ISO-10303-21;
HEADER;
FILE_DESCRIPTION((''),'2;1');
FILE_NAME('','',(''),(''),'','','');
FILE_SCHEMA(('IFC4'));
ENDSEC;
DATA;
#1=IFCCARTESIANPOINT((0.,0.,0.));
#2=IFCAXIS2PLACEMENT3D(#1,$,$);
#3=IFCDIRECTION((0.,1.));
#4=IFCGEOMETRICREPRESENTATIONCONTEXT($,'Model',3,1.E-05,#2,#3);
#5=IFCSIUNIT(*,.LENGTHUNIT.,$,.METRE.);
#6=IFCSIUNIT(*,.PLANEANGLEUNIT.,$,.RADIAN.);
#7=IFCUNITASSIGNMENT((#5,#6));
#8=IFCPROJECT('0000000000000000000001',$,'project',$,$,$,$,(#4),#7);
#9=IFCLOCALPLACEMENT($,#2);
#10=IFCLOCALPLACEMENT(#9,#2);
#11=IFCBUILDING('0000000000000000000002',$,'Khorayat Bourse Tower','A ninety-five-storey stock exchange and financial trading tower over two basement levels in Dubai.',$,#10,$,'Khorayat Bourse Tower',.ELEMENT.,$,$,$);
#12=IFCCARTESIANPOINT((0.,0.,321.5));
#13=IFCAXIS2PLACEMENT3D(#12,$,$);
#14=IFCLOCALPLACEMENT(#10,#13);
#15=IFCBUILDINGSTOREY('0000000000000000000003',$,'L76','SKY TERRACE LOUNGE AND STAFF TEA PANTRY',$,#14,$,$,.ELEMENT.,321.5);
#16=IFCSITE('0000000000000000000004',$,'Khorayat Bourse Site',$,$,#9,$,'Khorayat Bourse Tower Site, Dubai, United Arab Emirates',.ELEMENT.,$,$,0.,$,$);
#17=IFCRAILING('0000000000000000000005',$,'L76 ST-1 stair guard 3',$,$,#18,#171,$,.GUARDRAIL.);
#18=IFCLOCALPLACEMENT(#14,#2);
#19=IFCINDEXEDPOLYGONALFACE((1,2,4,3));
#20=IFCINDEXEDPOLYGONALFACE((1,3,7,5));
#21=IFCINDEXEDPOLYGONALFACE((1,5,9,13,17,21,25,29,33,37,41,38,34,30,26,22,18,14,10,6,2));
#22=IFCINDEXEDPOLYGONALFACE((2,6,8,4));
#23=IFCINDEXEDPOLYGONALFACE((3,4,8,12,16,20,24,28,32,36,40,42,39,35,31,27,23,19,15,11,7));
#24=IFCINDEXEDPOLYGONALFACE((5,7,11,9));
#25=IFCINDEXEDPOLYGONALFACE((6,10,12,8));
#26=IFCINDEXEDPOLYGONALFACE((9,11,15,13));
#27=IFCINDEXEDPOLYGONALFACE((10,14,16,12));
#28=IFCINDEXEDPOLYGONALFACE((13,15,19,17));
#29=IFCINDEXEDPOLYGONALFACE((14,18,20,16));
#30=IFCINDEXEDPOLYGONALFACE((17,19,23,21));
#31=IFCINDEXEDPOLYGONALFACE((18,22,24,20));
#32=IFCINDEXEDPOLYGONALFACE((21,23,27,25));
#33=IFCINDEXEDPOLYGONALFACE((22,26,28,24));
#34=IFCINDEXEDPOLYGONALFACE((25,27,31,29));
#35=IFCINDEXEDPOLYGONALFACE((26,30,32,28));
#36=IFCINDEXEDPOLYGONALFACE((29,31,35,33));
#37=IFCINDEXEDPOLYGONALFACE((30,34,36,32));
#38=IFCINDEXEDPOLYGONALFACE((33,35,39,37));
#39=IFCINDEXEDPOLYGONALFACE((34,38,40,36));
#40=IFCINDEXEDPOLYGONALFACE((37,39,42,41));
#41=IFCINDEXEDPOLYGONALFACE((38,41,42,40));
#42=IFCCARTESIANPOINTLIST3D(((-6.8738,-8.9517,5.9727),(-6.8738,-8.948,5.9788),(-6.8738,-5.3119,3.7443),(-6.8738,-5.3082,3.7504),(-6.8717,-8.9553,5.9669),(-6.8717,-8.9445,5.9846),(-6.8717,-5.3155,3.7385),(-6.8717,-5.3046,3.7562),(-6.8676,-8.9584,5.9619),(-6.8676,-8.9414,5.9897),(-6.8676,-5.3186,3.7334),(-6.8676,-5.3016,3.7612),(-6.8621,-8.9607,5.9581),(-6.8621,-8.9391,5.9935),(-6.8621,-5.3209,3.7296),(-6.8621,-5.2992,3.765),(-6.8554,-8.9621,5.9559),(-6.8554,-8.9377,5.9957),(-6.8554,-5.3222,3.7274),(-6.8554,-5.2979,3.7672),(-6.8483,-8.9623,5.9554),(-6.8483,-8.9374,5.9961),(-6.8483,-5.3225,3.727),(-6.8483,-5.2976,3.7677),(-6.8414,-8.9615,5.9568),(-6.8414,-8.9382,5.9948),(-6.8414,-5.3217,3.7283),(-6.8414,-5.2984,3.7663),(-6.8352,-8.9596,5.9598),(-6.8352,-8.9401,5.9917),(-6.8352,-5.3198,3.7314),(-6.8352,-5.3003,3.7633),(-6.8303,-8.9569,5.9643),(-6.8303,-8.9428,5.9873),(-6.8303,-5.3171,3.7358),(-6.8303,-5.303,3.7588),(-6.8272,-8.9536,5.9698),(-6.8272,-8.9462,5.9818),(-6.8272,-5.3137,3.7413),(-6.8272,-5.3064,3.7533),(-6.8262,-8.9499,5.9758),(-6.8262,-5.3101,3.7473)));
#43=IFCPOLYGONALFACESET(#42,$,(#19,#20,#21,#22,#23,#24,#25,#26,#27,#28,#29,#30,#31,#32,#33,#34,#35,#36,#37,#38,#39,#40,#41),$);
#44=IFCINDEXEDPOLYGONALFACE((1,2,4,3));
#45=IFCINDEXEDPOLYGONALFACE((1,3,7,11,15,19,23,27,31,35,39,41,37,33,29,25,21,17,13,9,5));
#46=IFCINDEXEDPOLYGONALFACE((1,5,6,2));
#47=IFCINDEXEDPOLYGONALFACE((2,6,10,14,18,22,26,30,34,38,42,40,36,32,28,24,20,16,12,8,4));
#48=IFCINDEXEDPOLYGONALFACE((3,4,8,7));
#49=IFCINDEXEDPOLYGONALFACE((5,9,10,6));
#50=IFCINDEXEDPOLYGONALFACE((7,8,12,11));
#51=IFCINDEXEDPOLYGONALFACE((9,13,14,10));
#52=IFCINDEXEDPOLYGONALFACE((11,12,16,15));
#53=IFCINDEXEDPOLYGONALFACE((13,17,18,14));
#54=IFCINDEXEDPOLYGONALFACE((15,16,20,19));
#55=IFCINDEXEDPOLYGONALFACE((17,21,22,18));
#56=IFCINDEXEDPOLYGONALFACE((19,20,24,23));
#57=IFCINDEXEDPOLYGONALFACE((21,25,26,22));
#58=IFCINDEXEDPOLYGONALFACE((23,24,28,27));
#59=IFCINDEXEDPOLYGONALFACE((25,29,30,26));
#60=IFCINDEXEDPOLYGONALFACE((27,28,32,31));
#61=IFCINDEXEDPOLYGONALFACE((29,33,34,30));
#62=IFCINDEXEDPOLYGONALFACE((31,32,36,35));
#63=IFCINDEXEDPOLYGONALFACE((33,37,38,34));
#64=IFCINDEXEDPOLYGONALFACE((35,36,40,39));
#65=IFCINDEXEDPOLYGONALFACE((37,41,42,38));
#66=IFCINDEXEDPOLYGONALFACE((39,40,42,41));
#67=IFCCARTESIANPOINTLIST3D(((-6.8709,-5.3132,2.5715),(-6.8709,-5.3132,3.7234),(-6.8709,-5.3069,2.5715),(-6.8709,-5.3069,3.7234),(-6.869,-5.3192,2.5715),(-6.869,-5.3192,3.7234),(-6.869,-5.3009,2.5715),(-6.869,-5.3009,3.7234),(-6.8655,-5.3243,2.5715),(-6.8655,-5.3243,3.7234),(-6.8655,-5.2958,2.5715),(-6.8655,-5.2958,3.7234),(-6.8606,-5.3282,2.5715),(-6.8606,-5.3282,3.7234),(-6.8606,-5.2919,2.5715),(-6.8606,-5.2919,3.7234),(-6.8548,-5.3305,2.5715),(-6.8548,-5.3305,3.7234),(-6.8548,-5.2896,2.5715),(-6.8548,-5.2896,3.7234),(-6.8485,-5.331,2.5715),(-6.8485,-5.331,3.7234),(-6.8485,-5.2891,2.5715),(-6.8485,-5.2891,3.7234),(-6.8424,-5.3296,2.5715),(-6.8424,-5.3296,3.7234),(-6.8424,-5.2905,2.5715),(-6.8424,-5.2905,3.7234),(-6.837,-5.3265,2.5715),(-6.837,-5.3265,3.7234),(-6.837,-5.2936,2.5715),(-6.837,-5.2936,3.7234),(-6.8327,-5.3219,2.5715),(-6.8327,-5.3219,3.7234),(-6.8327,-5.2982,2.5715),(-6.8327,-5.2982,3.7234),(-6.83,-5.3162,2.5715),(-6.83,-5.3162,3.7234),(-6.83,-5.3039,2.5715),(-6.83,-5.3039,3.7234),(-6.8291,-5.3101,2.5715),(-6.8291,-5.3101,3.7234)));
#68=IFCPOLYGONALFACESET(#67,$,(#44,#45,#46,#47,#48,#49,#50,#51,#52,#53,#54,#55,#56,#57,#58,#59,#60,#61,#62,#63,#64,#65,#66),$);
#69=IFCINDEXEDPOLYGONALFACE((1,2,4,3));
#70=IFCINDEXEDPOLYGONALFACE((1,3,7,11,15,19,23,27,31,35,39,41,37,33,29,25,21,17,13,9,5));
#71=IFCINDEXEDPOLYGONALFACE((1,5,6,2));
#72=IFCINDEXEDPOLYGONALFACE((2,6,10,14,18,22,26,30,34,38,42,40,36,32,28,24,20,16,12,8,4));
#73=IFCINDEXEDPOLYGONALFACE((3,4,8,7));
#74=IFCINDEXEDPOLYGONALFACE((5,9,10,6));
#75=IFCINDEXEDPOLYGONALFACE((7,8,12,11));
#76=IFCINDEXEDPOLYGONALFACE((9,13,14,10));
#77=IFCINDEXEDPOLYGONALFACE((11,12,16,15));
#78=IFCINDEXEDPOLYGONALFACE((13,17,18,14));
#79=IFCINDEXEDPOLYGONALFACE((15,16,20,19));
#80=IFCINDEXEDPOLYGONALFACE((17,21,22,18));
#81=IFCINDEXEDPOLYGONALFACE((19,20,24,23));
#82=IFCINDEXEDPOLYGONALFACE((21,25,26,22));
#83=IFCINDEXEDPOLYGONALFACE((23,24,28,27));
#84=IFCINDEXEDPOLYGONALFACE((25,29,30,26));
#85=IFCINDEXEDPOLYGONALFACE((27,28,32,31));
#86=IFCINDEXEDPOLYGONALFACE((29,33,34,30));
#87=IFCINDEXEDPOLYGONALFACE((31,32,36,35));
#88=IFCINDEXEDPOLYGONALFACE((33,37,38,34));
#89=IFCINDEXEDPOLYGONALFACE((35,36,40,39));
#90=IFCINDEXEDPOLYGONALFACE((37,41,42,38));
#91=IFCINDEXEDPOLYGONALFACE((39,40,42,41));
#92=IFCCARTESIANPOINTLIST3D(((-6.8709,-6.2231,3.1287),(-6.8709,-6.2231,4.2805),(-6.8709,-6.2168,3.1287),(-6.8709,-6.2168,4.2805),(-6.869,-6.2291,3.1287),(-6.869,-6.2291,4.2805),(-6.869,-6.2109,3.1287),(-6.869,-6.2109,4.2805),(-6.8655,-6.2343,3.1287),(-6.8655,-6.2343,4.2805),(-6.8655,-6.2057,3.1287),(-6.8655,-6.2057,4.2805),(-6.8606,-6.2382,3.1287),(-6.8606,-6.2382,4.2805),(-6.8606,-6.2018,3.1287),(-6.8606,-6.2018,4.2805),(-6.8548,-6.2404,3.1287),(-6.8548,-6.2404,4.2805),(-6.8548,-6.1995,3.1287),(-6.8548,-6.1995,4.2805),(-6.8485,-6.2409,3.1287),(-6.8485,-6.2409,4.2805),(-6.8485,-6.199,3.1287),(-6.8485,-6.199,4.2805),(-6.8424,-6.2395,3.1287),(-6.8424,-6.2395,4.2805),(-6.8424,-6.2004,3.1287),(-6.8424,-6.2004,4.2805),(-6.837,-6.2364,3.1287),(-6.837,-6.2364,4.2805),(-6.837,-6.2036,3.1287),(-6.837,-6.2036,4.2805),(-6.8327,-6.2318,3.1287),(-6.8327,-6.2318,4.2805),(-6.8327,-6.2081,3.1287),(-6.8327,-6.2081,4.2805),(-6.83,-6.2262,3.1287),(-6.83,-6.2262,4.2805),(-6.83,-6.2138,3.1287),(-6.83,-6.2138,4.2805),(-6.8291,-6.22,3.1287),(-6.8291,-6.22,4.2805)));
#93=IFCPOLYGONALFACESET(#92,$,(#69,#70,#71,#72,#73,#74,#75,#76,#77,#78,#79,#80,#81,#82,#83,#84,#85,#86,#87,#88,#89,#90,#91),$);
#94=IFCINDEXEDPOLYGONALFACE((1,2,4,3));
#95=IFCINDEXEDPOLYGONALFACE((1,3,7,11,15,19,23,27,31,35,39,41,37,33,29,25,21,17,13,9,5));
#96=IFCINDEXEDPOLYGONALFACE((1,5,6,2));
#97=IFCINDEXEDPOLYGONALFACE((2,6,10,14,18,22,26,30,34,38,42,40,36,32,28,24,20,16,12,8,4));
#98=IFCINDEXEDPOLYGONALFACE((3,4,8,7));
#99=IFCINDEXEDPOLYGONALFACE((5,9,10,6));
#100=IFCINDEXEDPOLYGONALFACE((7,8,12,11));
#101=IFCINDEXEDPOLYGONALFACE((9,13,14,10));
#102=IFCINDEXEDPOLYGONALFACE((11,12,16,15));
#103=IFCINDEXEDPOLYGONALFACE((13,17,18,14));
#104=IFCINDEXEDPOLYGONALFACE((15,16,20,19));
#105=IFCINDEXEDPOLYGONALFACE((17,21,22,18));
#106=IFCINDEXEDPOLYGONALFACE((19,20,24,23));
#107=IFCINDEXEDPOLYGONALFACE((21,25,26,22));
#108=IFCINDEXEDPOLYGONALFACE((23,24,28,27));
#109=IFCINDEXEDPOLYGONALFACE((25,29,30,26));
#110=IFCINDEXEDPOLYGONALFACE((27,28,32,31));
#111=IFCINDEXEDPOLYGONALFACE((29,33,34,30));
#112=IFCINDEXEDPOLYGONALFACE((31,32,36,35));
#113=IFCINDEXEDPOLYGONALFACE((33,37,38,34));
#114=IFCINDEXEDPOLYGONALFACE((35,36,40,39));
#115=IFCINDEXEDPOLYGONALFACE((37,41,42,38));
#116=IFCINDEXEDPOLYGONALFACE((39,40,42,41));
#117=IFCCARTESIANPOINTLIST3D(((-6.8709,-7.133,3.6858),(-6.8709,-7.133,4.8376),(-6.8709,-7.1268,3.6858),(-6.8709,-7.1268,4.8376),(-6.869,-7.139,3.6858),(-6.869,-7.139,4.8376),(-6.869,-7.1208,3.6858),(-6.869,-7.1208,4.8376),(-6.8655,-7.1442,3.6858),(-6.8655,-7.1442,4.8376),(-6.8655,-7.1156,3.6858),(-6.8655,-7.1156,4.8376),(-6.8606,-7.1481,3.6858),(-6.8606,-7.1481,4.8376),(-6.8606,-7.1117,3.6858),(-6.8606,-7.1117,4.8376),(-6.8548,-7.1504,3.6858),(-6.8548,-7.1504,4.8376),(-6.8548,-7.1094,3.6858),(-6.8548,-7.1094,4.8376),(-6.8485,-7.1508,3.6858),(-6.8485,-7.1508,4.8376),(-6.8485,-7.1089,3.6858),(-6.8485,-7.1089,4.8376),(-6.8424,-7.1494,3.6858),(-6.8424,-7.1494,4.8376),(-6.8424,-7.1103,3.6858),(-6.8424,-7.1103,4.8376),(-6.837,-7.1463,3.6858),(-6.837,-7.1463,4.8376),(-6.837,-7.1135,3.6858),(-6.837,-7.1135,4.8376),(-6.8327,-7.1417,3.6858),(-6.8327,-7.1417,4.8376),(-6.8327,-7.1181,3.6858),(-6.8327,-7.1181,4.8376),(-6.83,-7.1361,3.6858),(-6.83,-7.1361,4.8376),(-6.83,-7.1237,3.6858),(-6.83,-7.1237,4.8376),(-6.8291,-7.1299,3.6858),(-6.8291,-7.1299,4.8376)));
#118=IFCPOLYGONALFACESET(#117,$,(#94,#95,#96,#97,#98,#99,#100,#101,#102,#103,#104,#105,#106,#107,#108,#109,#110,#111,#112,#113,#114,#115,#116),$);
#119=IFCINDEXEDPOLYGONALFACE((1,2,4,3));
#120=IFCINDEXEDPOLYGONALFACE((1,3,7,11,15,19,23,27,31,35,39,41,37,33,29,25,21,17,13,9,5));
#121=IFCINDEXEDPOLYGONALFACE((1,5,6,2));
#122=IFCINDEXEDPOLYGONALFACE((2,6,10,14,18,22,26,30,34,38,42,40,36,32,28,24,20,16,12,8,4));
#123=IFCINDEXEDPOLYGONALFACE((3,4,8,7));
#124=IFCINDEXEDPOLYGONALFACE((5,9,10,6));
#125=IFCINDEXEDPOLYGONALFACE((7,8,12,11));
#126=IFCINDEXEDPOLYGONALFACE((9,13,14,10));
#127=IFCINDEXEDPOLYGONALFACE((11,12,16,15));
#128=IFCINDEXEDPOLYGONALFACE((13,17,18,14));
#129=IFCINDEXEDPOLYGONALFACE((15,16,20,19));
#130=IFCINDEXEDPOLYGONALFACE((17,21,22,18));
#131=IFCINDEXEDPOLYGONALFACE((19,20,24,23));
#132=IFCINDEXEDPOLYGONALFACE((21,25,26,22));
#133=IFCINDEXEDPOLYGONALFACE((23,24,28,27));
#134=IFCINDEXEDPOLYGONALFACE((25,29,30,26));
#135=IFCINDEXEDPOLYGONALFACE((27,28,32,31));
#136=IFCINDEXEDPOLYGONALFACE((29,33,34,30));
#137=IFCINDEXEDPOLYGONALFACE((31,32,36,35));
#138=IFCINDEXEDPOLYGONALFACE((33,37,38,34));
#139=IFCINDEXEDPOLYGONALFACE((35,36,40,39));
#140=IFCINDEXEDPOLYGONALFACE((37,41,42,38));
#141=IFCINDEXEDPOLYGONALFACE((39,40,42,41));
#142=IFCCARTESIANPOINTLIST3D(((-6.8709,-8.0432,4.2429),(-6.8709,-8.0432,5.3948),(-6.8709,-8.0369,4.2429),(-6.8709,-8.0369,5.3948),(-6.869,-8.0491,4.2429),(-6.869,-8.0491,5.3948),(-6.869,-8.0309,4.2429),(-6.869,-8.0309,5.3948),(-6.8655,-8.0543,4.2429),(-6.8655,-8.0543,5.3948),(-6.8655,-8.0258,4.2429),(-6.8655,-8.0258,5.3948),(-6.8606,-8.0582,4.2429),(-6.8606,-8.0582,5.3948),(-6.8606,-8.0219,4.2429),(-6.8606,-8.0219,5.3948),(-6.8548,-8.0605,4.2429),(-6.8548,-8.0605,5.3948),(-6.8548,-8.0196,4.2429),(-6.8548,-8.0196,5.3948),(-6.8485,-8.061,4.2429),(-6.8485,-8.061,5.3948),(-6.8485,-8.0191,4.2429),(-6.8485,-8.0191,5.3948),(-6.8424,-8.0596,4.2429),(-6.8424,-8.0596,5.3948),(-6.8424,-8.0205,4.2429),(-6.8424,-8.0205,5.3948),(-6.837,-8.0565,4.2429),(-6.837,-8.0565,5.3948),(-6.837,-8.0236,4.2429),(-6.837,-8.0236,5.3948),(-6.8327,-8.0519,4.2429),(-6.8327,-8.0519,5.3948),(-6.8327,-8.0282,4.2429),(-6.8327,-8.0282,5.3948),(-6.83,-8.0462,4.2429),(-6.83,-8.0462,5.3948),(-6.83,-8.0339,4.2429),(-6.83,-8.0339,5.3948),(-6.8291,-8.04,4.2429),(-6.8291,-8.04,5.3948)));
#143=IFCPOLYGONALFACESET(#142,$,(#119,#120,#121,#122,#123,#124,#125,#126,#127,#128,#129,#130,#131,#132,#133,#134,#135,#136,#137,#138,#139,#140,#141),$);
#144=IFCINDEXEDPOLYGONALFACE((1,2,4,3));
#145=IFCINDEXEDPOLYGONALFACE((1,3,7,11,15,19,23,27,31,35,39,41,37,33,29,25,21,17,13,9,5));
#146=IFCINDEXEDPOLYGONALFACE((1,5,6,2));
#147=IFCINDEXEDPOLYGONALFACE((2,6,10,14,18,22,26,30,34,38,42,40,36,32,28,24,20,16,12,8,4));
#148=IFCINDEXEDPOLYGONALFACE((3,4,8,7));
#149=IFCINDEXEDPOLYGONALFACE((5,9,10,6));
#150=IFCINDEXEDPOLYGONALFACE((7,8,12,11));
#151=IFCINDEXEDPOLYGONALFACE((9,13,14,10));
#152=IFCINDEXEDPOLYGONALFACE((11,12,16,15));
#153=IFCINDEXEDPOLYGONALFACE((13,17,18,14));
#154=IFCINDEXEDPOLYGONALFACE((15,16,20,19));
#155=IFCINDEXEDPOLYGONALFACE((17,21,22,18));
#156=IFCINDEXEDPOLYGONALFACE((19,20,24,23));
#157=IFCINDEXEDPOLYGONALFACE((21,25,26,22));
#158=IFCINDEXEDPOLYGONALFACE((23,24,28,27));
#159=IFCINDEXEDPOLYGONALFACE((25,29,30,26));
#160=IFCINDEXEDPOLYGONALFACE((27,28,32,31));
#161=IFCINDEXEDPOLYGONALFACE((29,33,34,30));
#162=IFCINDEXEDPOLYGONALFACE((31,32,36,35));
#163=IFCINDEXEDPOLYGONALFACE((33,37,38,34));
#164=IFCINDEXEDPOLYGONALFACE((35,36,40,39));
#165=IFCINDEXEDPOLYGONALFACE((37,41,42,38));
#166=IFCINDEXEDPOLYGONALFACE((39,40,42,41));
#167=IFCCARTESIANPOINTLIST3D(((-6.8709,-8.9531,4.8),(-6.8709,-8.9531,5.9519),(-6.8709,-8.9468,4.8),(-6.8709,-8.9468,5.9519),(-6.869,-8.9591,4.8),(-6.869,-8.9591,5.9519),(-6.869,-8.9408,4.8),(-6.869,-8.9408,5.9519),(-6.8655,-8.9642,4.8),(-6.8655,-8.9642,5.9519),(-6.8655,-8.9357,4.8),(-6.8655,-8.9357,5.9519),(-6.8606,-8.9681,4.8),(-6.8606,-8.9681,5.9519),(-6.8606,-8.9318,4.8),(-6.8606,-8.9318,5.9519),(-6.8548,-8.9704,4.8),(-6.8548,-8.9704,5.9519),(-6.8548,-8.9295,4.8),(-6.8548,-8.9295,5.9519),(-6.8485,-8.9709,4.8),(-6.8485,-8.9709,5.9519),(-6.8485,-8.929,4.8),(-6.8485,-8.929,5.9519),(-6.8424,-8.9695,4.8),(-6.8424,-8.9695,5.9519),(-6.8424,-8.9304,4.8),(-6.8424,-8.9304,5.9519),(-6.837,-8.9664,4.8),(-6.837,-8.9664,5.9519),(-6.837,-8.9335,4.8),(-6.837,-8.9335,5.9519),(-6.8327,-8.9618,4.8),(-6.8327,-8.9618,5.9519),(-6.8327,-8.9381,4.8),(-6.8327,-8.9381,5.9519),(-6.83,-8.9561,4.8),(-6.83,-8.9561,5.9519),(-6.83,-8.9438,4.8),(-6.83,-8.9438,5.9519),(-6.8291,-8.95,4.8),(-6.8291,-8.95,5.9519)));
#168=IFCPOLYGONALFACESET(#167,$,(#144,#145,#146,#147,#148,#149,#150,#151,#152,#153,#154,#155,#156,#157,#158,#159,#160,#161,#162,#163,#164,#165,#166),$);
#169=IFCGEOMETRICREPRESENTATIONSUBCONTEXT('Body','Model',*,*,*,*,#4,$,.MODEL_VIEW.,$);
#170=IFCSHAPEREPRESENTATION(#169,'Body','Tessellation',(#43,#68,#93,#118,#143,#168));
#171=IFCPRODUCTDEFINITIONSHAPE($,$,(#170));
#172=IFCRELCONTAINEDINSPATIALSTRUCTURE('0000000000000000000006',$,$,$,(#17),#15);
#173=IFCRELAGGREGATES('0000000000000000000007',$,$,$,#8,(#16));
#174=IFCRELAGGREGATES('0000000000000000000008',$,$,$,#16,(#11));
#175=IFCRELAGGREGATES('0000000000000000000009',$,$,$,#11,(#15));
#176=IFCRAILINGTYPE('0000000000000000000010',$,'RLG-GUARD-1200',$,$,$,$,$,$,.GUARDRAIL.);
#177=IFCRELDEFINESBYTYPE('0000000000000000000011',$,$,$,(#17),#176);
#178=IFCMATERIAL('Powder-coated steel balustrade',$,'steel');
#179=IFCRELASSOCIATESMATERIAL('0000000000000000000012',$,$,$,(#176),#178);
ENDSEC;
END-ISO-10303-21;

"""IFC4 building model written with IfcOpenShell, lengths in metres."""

from ifc_helpers import new_model, si_unit, direction, frame, origin, origin_2d, place, context, subcontext, project, spatial, circle, extrude, source, transform, mapped, material, type_object, element, save


model = new_model("IFC4")

# Units and contexts
model_context = context("Model", 3, precision=1e-05, world=origin(), true_north=direction((0.0, 1.0)))
body_context = subcontext(model_context, "Body", "Model", "MODEL_VIEW")
ifc_project = project(units=[si_unit("LENGTHUNIT", "METRE"), si_unit("PLANEANGLEUNIT", "RADIAN")], contexts=[model_context])

# Site, building, storey
site_placement = place(None, origin())
site = spatial("IfcSite", under=ifc_project, at=site_placement, Name="Khorayat Bourse Site", LongName="Khorayat Bourse Tower Site, Dubai, United Arab Emirates", CompositionType="ELEMENT", RefElevation=0.0)
building_placement = place(site_placement, origin())
building = spatial("IfcBuilding", under=site, at=building_placement, Name="Khorayat Bourse Tower", Description="A ninety-five-storey stock exchange and financial trading tower over two basement levels in Dubai.", LongName="Khorayat Bourse Tower", CompositionType="ELEMENT")
storey_placement = place(building_placement, frame((0.0, 0.0, 321.5)))
storey = spatial("IfcBuildingStorey", under=building, at=storey_placement, Name="L76", Description="SKY TERRACE LOUNGE AND STAFF TEA PANTRY", CompositionType="ELEMENT", Elevation=321.5)

# Railing
ifc_material_1 = material(Name="Powder-coated steel balustrade", Category="steel")
railing_type_1 = type_object("IfcRailingType", Name="RLG-GUARD-1200", PredefinedType="GUARDRAIL", material=ifc_material_1)
shared_shape_1 = source(origin(), body_context, "Body", "SweptSolid", [
    extrude(circle(Radius=0.0239, at=origin_2d()), frame((0.0, 0.0, 1.1758), z_axis=(0.0, -0.85285, 0.522156), x_axis=(1.0, 0.0, 0.0)), (0.0, 0.0, 1.0), 4.2678),
    extrude(circle(Radius=0.021, at=origin_2d()), origin(), (0.0, 0.0, 1.0), 1.1519),
    extrude(circle(Radius=0.021, at=origin_2d()), frame((0.0, -0.9099, 0.5571)), (0.0, 0.0, 1.0), 1.1519),
    extrude(circle(Radius=0.021, at=origin_2d()), frame((0.0, -1.8198, 1.1143)), (0.0, 0.0, 1.0), 1.1519),
    extrude(circle(Radius=0.021, at=origin_2d()), frame((0.0, -2.73, 1.6714)), (0.0, 0.0, 1.0), 1.1519),
    extrude(circle(Radius=0.021, at=origin_2d()), frame((0.0, -3.6399, 2.2285)), (0.0, 0.0, 1.0), 1.1519),
])
railing_1_placement = place(storey_placement, frame((-6.8501, -5.3101, 2.5715)))
element("IfcRailing", 1, at=railing_1_placement, inside=storey, type_object=railing_type_1, Name="L76 ST-1 stair guard 3", PredefinedType="GUARDRAIL", context=body_context, shape_type="MappedRepresentation", body=[
    mapped(shared_shape_1, transform((0.0, 0.0, 0.0), scale=1.0)),
])

save(model, "model.ifc")
